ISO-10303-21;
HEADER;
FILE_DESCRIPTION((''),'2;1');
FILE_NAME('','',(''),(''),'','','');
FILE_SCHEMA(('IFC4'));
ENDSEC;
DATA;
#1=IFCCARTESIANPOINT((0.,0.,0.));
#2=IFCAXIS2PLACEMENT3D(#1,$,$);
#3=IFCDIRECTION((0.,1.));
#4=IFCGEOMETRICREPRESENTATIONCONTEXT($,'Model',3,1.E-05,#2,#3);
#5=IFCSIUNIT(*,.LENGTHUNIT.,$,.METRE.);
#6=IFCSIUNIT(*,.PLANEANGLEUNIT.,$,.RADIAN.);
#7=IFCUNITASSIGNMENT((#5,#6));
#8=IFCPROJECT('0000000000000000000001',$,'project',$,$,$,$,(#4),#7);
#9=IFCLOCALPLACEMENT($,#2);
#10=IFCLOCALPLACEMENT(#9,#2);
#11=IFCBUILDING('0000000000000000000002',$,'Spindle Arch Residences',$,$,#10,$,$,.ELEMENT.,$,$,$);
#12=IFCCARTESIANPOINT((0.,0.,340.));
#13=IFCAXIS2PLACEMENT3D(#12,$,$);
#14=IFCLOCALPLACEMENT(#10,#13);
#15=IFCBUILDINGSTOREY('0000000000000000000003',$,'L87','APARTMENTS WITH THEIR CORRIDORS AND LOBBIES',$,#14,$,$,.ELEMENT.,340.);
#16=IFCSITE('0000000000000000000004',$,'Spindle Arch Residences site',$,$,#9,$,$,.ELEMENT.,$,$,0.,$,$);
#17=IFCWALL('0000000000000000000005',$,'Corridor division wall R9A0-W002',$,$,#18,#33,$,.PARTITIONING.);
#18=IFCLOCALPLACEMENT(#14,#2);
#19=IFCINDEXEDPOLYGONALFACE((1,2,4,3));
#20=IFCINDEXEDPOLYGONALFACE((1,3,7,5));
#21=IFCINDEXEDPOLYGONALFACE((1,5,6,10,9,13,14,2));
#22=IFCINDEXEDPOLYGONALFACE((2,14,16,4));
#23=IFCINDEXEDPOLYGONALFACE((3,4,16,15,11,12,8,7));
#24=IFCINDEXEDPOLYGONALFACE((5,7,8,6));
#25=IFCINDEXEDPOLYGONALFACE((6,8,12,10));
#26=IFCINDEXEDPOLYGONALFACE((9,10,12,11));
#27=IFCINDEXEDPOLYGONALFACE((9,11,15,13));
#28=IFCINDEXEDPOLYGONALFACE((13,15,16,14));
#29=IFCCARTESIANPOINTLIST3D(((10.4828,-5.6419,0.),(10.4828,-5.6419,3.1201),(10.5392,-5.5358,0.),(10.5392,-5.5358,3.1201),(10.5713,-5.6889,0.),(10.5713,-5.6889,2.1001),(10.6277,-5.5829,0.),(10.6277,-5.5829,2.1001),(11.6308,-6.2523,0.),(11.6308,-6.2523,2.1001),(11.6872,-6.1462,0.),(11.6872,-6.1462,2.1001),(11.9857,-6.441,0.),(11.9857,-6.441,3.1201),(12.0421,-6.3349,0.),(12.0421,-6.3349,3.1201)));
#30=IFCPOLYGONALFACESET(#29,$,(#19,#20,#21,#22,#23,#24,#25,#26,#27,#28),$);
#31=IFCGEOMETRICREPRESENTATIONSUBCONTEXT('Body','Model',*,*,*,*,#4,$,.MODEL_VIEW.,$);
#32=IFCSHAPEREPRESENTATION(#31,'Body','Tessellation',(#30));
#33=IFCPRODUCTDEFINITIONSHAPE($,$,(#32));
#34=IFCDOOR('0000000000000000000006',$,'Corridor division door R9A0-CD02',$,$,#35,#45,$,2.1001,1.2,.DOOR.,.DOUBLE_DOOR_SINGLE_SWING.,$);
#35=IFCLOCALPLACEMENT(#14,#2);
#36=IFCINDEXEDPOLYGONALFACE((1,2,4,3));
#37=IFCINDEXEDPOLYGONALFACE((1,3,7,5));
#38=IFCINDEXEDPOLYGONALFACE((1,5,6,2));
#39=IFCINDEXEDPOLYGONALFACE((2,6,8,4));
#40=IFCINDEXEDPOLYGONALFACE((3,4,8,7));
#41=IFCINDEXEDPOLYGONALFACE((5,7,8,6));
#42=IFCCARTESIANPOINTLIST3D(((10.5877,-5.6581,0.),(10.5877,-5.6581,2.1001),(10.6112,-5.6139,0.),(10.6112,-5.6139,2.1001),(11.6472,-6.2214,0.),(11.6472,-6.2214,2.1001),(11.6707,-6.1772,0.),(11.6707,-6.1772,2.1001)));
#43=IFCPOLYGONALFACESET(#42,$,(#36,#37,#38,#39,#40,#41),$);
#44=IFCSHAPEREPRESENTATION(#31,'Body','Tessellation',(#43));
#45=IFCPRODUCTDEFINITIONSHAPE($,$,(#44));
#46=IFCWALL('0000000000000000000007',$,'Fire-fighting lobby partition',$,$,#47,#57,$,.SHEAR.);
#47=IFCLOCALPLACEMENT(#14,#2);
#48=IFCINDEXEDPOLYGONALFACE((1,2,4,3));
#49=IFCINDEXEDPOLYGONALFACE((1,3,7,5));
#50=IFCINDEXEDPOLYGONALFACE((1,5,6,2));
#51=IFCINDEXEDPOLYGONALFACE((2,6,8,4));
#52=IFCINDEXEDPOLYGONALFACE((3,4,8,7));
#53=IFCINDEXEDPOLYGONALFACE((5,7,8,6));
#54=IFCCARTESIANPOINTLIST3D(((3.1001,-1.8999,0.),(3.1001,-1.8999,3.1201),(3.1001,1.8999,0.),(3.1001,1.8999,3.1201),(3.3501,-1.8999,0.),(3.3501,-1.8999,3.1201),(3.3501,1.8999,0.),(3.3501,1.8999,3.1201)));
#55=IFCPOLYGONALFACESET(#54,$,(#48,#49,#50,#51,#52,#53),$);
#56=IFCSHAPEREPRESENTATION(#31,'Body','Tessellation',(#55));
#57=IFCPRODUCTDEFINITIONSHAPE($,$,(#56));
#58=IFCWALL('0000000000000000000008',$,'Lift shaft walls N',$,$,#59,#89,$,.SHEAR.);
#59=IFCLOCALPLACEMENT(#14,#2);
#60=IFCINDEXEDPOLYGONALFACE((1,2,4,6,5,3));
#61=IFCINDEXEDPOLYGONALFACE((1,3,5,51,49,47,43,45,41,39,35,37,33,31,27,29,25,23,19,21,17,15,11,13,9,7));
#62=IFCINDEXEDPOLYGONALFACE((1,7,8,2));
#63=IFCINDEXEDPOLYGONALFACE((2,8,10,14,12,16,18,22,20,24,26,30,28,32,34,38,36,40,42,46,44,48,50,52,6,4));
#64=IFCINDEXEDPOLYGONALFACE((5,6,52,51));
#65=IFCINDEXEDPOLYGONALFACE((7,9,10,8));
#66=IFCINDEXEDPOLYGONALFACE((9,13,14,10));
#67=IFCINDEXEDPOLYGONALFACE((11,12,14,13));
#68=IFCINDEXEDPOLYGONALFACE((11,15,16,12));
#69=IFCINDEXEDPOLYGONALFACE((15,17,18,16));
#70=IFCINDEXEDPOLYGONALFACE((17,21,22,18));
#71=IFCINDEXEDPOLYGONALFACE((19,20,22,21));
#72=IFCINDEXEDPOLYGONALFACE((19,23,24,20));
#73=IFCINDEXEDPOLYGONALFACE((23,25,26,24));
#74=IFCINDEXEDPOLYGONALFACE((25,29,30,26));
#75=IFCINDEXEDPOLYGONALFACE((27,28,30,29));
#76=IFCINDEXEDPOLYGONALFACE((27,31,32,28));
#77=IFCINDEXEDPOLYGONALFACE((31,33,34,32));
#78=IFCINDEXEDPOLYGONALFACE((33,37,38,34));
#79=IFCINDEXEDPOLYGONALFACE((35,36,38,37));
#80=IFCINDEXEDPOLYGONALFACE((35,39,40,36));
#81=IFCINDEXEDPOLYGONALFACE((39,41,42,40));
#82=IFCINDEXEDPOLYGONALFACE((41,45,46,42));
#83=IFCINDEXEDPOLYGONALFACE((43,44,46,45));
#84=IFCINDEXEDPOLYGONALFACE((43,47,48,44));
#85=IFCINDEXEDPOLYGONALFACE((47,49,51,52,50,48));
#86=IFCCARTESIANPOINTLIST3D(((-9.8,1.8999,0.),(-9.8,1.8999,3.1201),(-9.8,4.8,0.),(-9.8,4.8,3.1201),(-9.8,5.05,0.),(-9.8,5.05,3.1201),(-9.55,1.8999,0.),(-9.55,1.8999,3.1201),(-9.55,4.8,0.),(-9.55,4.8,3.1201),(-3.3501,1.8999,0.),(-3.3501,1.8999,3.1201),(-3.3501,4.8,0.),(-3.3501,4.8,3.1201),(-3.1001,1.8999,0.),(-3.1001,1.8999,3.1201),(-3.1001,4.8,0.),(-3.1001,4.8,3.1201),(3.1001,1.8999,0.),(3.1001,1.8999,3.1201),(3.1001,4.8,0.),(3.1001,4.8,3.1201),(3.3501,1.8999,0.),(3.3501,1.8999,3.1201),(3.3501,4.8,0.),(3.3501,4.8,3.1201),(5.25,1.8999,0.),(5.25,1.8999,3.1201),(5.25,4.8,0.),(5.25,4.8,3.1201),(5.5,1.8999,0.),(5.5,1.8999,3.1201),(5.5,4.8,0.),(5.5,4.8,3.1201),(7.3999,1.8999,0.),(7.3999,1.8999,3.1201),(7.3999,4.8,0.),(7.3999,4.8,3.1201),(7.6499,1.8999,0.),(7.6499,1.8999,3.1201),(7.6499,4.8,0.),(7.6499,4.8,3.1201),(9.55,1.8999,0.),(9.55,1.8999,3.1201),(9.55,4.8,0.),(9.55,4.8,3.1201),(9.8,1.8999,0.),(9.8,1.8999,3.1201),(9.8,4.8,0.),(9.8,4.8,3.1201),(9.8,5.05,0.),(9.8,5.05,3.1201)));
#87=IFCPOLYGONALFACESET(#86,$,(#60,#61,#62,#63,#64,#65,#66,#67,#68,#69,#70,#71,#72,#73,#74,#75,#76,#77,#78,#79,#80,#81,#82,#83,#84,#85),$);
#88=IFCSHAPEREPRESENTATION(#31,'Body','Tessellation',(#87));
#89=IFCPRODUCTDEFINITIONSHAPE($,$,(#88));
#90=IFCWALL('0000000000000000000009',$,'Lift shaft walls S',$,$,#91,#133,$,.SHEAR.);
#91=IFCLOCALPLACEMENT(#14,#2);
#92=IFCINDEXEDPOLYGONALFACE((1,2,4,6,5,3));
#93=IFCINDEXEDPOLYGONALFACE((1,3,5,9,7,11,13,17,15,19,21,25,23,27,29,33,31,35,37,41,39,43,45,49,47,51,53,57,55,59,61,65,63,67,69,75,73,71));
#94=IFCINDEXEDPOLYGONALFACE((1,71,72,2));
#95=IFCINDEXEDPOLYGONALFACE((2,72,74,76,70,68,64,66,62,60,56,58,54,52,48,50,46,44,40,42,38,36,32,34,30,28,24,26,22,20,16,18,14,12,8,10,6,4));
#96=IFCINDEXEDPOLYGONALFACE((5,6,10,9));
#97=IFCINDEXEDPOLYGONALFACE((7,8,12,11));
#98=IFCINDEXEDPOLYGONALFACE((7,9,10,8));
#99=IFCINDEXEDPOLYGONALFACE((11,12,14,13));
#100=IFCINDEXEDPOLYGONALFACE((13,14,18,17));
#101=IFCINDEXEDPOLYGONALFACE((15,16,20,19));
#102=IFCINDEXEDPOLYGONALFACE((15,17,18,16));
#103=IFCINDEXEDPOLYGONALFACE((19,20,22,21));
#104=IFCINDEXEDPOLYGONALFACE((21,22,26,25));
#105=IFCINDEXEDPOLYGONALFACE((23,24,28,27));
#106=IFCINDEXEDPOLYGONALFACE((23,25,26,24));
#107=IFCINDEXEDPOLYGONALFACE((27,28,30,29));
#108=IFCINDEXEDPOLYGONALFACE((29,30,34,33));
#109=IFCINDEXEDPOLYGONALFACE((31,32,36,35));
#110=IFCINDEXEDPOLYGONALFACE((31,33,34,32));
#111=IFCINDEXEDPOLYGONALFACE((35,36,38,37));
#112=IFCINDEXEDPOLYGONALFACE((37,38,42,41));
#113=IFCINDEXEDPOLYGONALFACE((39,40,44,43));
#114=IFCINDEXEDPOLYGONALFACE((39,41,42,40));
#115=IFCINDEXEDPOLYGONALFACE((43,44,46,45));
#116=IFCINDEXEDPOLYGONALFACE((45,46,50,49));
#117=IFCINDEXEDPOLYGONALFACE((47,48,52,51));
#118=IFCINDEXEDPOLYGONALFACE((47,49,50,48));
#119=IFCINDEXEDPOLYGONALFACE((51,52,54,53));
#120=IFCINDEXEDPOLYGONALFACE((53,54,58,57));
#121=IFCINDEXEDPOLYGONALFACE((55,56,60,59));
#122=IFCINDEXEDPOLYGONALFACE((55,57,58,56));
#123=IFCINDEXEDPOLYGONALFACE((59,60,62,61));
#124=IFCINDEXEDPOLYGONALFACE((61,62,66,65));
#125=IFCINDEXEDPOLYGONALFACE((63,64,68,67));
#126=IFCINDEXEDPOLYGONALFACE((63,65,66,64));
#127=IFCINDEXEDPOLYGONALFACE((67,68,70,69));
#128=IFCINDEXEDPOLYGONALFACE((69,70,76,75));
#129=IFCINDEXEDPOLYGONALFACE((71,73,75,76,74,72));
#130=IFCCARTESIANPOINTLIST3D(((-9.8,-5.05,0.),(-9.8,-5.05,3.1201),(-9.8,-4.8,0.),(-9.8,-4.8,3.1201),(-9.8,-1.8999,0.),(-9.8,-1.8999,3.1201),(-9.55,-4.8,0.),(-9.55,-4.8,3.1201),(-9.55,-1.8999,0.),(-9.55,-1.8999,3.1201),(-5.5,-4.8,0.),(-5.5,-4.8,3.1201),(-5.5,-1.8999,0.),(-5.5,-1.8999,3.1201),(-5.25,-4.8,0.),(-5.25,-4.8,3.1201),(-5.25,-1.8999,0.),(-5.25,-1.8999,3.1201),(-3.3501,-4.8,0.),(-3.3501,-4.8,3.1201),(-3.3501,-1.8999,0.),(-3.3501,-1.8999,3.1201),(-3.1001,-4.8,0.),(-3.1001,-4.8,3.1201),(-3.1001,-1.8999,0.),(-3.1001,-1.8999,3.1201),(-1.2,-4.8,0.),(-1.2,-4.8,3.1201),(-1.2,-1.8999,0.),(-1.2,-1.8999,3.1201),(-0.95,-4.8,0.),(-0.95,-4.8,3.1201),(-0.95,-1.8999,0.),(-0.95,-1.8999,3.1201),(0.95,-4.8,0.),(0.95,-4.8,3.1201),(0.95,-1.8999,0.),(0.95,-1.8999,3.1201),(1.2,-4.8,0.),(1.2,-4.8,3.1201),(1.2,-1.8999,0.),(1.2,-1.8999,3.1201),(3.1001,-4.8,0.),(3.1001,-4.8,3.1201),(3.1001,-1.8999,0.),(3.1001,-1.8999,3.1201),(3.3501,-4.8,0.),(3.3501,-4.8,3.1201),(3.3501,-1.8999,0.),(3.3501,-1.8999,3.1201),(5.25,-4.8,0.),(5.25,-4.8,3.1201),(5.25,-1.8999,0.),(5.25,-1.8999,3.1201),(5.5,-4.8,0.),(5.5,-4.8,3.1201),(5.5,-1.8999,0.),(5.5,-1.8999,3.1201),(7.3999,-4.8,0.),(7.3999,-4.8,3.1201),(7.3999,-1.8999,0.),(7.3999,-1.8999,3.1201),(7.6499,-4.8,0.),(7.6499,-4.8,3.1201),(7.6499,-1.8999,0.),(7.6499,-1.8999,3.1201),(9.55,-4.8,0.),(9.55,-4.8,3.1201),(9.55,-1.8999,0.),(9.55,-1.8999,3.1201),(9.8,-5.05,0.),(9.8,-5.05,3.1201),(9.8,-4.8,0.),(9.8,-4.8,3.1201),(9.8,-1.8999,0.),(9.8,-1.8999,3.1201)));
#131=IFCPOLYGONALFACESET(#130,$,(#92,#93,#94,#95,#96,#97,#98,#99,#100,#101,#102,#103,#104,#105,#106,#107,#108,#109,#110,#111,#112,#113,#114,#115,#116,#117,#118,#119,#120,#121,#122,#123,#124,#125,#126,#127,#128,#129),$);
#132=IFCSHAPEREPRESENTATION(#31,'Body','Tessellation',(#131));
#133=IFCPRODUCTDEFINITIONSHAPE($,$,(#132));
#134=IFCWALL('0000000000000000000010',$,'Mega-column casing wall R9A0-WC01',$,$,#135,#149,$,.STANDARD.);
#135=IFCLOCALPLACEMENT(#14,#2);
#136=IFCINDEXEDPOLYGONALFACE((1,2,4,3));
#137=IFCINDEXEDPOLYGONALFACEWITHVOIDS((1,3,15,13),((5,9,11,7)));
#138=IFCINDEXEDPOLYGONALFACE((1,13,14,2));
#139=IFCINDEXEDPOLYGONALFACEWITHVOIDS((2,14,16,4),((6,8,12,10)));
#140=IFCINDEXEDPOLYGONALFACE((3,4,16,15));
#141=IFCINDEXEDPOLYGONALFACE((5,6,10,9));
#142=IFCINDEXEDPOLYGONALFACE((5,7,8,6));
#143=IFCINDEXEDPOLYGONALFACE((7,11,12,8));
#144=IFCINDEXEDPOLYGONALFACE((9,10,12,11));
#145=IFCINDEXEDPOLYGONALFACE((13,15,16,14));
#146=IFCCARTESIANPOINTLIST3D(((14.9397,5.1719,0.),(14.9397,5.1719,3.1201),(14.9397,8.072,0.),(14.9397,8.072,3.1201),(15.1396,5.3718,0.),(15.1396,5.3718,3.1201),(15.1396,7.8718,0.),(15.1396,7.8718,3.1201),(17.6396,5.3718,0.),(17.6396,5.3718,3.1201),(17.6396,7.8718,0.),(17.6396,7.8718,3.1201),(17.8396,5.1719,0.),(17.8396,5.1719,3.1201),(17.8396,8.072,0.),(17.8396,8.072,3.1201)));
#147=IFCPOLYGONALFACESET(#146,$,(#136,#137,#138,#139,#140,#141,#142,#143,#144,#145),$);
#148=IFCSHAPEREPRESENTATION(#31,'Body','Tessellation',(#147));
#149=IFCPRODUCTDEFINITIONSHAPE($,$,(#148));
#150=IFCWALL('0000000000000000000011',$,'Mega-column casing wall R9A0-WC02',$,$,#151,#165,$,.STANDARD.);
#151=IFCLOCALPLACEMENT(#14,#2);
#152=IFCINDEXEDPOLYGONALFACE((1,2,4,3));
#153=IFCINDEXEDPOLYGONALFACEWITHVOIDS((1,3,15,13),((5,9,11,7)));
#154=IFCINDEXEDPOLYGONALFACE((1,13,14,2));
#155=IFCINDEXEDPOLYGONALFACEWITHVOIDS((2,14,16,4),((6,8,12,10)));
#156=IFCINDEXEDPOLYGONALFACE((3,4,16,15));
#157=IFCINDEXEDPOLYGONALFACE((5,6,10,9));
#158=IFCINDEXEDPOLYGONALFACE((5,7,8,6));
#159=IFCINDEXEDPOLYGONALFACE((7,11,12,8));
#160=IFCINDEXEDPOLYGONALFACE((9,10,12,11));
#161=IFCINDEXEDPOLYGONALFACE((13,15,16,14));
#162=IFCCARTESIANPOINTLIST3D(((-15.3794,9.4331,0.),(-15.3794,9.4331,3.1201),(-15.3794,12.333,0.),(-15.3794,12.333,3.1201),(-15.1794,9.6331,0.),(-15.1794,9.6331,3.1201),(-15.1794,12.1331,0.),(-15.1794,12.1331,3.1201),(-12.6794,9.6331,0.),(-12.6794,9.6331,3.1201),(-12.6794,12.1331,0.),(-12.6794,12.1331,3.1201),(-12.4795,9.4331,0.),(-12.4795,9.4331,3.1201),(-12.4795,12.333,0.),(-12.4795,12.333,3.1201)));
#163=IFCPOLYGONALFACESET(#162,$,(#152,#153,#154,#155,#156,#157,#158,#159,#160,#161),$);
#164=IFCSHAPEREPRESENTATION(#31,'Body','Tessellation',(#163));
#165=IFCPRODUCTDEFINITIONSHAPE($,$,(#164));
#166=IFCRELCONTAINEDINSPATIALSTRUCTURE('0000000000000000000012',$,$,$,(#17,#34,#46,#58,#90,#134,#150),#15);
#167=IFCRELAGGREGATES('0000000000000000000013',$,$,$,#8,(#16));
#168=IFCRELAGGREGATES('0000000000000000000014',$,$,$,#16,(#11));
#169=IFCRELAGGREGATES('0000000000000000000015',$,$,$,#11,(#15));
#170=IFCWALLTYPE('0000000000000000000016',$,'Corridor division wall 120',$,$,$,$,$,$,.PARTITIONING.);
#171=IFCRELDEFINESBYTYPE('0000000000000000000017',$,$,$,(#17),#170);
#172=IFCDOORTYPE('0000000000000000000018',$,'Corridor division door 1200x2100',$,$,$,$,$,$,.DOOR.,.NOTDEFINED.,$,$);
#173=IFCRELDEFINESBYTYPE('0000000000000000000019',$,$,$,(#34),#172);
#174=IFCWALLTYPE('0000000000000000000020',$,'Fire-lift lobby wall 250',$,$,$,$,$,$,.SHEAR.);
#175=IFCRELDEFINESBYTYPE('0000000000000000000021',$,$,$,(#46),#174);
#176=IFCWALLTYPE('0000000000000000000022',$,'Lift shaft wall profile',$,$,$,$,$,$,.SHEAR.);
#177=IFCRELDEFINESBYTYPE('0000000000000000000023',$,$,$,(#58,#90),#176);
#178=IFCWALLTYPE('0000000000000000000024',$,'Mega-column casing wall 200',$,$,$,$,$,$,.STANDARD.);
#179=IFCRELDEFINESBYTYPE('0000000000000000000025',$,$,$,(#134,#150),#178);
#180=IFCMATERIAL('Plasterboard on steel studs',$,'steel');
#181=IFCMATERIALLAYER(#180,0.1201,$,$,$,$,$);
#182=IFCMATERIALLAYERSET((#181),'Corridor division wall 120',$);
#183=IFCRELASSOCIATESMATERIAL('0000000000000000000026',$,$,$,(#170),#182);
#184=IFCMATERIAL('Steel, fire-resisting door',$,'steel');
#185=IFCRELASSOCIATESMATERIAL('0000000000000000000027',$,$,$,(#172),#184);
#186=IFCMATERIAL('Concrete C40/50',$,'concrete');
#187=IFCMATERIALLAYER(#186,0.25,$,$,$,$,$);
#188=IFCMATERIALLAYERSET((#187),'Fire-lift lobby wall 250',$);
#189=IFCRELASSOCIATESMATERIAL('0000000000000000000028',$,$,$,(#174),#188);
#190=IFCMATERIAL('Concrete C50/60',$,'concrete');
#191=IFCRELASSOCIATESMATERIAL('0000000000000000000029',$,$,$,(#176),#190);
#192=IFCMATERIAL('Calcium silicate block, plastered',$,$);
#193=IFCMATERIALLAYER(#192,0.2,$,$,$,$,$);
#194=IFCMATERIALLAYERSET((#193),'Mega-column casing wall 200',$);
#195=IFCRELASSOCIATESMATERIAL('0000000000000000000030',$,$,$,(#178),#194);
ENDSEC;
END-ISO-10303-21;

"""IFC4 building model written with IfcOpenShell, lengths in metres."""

from ifc_helpers import new_model, si_unit, direction, frame, frame_2d, origin, place, context, subcontext, project, spatial, polyline, rectangle, outline, extrude, material, layer, layer_set, type_object, element, fill, save


model = new_model("IFC4")

# Units and contexts
model_context = context("Model", 3, precision=1e-05, world=origin(), true_north=direction((0.0, 1.0)))
body_context = subcontext(model_context, "Body", "Model", "MODEL_VIEW")
ifc_project = project(units=[si_unit("LENGTHUNIT", "METRE"), si_unit("PLANEANGLEUNIT", "RADIAN")], contexts=[model_context])

# Site, building, storey
site_placement = place(None, origin())
site = spatial("IfcSite", under=ifc_project, at=site_placement, Name="Spindle Arch Residences site", CompositionType="ELEMENT", RefElevation=0.0)
building_placement = place(site_placement, origin())
building = spatial("IfcBuilding", under=site, at=building_placement, Name="Spindle Arch Residences", CompositionType="ELEMENT")
storey_placement = place(building_placement, frame((0.0, 0.0, 340.0)))
storey = spatial("IfcBuildingStorey", under=building, at=storey_placement, Name="L87", Description="APARTMENTS WITH THEIR CORRIDORS AND LOBBIES", CompositionType="ELEMENT", Elevation=340.0)

# Wall, opening, door
ifc_material_1 = material(Name="Plasterboard on steel studs", Category="steel")
ifc_layer_1 = layer(ifc_material_1, 0.1201)
ifc_layer_set_1 = layer_set([ifc_layer_1], Name="Corridor division wall 120")
wall_type_1 = type_object("IfcWallType", Name="Corridor division wall 120", PredefinedType="PARTITIONING", material=ifc_layer_set_1)
wall_1_placement = place(storey_placement, frame((10.511, -5.5889, 0.0), z_axis=(0.0, 0.0, 1.0), x_axis=(0.88296, -0.469449, 0.0)))
wall_1 = element("IfcWall", 1, at=wall_1_placement, inside=storey, type_object=wall_type_1, Name="Corridor division wall R9A0-W002", PredefinedType="PARTITIONING", context=body_context, shape_type="SweptSolid", body=[
    extrude(rectangle(XDim=1.7021, YDim=0.1201, at=frame_2d((0.8511, 0.0))), origin(), (0.0, 0.0, 1.0), 3.1201),
])
opening_1_placement = place(wall_1_placement, frame((0.1001, 0.0, 0.0)))
opening_1 = element("IfcOpeningElement", 2, at=opening_1_placement, cuts=wall_1, PredefinedType="OPENING", context=body_context, shape_type="SweptSolid", body=[
    extrude(rectangle(XDim=1.2, YDim=2.1001, at=frame_2d((0.6001, 1.05))), frame((0.0, 0.0701, 0.0), z_axis=(0.0, -1.0, 0.0), x_axis=(1.0, 0.0, 0.0)), (0.0, 0.0, 1.0), 0.1401),
])
ifc_material_2 = material(Name="Steel, fire-resisting door", Category="steel")
door_type_1 = type_object("IfcDoorType", Name="Corridor division door 1200x2100", OperationType="NOTDEFINED", PredefinedType="DOOR", material=ifc_material_2)
door_1_placement = place(opening_1_placement, origin())
door_1 = element("IfcDoor", 3, at=door_1_placement, inside=storey, type_object=door_type_1, Name="Corridor division door R9A0-CD02", OperationType="DOUBLE_DOOR_SINGLE_SWING", OverallHeight=2.1001, OverallWidth=1.2, PredefinedType="DOOR", context=body_context, shape_type="SweptSolid", body=[
    extrude(rectangle(XDim=1.2, YDim=2.1001, at=frame_2d((0.6001, 1.05))), frame((0.0, 0.0249, 0.0), z_axis=(0.0, -1.0, 0.0), x_axis=(1.0, 0.0, 0.0)), (0.0, 0.0, 1.0), 0.05),
])
fill(opening_1, door_1)

# Wall
ifc_material_3 = material(Name="Concrete C40/50", Category="concrete")
ifc_layer_2 = layer(ifc_material_3, 0.25)
ifc_layer_set_2 = layer_set([ifc_layer_2], Name="Fire-lift lobby wall 250")
wall_type_2 = type_object("IfcWallType", Name="Fire-lift lobby wall 250", PredefinedType="SHEAR", material=ifc_layer_set_2)
wall_2_placement = place(storey_placement, frame((3.2251, -1.8999, 0.0), z_axis=(0.0, 0.0, 1.0), x_axis=(0.0, 1.0, 0.0)))
element("IfcWall", 4, at=wall_2_placement, inside=storey, type_object=wall_type_2, Name="Fire-fighting lobby partition", PredefinedType="SHEAR", context=body_context, shape_type="SweptSolid", body=[
    extrude(rectangle(XDim=3.7998, YDim=0.25, at=frame_2d((1.8999, 0.0))), origin(), (0.0, 0.0, 1.0), 3.1201),
])

# Walls
ifc_material_4 = material(Name="Concrete C50/60", Category="concrete")
wall_type_3 = type_object("IfcWallType", Name="Lift shaft wall profile", PredefinedType="SHEAR", material=ifc_material_4)
wall_3_placement = place(storey_placement, origin())
element("IfcWall", 5, at=wall_3_placement, inside=storey, type_object=wall_type_3, Name="Lift shaft walls N", PredefinedType="SHEAR", context=body_context, shape_type="SweptSolid", body=[
    extrude(outline(polyline([(-9.8, 1.8999), (-9.55, 1.8999), (-9.55, 4.8), (-3.3501, 4.8), (-3.3501, 1.8999), (-3.1001, 1.8999), (-3.1001, 4.8), (3.1001, 4.8), (3.1001, 1.8999), (3.3501, 1.8999), (3.3501, 4.8), (5.25, 4.8), (5.25, 1.8999), (5.5, 1.8999), (5.5, 4.8), (7.3999, 4.8), (7.3999, 1.8999), (7.6499, 1.8999), (7.6499, 4.8), (9.55, 4.8), (9.55, 1.8999), (9.8, 1.8999), (9.8, 4.8), (9.8, 5.05), (-9.8, 5.05), (-9.8, 4.8), (-9.8, 1.8999)])), origin(), (0.0, 0.0, 1.0), 3.1201),
])
wall_4_placement = place(storey_placement, origin())
element("IfcWall", 6, at=wall_4_placement, inside=storey, type_object=wall_type_3, Name="Lift shaft walls S", PredefinedType="SHEAR", context=body_context, shape_type="SweptSolid", body=[
    extrude(outline(polyline([(9.8, -5.05), (9.8, -4.8), (9.8, -1.8999), (9.55, -1.8999), (9.55, -4.8), (7.6499, -4.8), (7.6499, -1.8999), (7.3999, -1.8999), (7.3999, -4.8), (5.5, -4.8), (5.5, -1.8999), (5.25, -1.8999), (5.25, -4.8), (3.3501, -4.8), (3.3501, -1.8999), (3.1001, -1.8999), (3.1001, -4.8), (1.2, -4.8), (1.2, -1.8999), (0.95, -1.8999), (0.95, -4.8), (-0.95, -4.8), (-0.95, -1.8999), (-1.2, -1.8999), (-1.2, -4.8), (-3.1001, -4.8), (-3.1001, -1.8999), (-3.3501, -1.8999), (-3.3501, -4.8), (-5.25, -4.8), (-5.25, -1.8999), (-5.5, -1.8999), (-5.5, -4.8), (-9.55, -4.8), (-9.55, -1.8999), (-9.8, -1.8999), (-9.8, -4.8), (-9.8, -5.05), (9.8, -5.05)])), origin(), (0.0, 0.0, 1.0), 3.1201),
])
ifc_material_5 = material(Name="Calcium silicate block, plastered")
ifc_layer_3 = layer(ifc_material_5, 0.2)
ifc_layer_set_3 = layer_set([ifc_layer_3], Name="Mega-column casing wall 200")
wall_type_4 = type_object("IfcWallType", Name="Mega-column casing wall 200", PredefinedType="STANDARD", material=ifc_layer_set_3)
wall_5_placement = place(storey_placement, origin())
element("IfcWall", 7, at=wall_5_placement, inside=storey, type_object=wall_type_4, Name="Mega-column casing wall R9A0-WC01", PredefinedType="STANDARD", context=body_context, shape_type="SweptSolid", body=[
    extrude(outline(polyline([(17.8396, 8.072), (17.8396, 5.1719), (14.9397, 5.1719), (14.9397, 8.072), (17.8396, 8.072)]), holes=[polyline([(15.1396, 5.3718), (17.6396, 5.3718), (17.6396, 7.8718), (15.1396, 7.8718), (15.1396, 5.3718)])]), origin(), (0.0, 0.0, 1.0), 3.1201),
])
wall_6_placement = place(storey_placement, origin())
element("IfcWall", 8, at=wall_6_placement, inside=storey, type_object=wall_type_4, Name="Mega-column casing wall R9A0-WC02", PredefinedType="STANDARD", context=body_context, shape_type="SweptSolid", body=[
    extrude(outline(polyline([(-12.4795, 12.333), (-12.4795, 9.4331), (-15.3794, 9.4331), (-15.3794, 12.333), (-12.4795, 12.333)]), holes=[polyline([(-15.1794, 9.6331), (-12.6794, 9.6331), (-12.6794, 12.1331), (-15.1794, 12.1331), (-15.1794, 9.6331)])]), origin(), (0.0, 0.0, 1.0), 3.1201),
])

save(model, "model.ifc")
